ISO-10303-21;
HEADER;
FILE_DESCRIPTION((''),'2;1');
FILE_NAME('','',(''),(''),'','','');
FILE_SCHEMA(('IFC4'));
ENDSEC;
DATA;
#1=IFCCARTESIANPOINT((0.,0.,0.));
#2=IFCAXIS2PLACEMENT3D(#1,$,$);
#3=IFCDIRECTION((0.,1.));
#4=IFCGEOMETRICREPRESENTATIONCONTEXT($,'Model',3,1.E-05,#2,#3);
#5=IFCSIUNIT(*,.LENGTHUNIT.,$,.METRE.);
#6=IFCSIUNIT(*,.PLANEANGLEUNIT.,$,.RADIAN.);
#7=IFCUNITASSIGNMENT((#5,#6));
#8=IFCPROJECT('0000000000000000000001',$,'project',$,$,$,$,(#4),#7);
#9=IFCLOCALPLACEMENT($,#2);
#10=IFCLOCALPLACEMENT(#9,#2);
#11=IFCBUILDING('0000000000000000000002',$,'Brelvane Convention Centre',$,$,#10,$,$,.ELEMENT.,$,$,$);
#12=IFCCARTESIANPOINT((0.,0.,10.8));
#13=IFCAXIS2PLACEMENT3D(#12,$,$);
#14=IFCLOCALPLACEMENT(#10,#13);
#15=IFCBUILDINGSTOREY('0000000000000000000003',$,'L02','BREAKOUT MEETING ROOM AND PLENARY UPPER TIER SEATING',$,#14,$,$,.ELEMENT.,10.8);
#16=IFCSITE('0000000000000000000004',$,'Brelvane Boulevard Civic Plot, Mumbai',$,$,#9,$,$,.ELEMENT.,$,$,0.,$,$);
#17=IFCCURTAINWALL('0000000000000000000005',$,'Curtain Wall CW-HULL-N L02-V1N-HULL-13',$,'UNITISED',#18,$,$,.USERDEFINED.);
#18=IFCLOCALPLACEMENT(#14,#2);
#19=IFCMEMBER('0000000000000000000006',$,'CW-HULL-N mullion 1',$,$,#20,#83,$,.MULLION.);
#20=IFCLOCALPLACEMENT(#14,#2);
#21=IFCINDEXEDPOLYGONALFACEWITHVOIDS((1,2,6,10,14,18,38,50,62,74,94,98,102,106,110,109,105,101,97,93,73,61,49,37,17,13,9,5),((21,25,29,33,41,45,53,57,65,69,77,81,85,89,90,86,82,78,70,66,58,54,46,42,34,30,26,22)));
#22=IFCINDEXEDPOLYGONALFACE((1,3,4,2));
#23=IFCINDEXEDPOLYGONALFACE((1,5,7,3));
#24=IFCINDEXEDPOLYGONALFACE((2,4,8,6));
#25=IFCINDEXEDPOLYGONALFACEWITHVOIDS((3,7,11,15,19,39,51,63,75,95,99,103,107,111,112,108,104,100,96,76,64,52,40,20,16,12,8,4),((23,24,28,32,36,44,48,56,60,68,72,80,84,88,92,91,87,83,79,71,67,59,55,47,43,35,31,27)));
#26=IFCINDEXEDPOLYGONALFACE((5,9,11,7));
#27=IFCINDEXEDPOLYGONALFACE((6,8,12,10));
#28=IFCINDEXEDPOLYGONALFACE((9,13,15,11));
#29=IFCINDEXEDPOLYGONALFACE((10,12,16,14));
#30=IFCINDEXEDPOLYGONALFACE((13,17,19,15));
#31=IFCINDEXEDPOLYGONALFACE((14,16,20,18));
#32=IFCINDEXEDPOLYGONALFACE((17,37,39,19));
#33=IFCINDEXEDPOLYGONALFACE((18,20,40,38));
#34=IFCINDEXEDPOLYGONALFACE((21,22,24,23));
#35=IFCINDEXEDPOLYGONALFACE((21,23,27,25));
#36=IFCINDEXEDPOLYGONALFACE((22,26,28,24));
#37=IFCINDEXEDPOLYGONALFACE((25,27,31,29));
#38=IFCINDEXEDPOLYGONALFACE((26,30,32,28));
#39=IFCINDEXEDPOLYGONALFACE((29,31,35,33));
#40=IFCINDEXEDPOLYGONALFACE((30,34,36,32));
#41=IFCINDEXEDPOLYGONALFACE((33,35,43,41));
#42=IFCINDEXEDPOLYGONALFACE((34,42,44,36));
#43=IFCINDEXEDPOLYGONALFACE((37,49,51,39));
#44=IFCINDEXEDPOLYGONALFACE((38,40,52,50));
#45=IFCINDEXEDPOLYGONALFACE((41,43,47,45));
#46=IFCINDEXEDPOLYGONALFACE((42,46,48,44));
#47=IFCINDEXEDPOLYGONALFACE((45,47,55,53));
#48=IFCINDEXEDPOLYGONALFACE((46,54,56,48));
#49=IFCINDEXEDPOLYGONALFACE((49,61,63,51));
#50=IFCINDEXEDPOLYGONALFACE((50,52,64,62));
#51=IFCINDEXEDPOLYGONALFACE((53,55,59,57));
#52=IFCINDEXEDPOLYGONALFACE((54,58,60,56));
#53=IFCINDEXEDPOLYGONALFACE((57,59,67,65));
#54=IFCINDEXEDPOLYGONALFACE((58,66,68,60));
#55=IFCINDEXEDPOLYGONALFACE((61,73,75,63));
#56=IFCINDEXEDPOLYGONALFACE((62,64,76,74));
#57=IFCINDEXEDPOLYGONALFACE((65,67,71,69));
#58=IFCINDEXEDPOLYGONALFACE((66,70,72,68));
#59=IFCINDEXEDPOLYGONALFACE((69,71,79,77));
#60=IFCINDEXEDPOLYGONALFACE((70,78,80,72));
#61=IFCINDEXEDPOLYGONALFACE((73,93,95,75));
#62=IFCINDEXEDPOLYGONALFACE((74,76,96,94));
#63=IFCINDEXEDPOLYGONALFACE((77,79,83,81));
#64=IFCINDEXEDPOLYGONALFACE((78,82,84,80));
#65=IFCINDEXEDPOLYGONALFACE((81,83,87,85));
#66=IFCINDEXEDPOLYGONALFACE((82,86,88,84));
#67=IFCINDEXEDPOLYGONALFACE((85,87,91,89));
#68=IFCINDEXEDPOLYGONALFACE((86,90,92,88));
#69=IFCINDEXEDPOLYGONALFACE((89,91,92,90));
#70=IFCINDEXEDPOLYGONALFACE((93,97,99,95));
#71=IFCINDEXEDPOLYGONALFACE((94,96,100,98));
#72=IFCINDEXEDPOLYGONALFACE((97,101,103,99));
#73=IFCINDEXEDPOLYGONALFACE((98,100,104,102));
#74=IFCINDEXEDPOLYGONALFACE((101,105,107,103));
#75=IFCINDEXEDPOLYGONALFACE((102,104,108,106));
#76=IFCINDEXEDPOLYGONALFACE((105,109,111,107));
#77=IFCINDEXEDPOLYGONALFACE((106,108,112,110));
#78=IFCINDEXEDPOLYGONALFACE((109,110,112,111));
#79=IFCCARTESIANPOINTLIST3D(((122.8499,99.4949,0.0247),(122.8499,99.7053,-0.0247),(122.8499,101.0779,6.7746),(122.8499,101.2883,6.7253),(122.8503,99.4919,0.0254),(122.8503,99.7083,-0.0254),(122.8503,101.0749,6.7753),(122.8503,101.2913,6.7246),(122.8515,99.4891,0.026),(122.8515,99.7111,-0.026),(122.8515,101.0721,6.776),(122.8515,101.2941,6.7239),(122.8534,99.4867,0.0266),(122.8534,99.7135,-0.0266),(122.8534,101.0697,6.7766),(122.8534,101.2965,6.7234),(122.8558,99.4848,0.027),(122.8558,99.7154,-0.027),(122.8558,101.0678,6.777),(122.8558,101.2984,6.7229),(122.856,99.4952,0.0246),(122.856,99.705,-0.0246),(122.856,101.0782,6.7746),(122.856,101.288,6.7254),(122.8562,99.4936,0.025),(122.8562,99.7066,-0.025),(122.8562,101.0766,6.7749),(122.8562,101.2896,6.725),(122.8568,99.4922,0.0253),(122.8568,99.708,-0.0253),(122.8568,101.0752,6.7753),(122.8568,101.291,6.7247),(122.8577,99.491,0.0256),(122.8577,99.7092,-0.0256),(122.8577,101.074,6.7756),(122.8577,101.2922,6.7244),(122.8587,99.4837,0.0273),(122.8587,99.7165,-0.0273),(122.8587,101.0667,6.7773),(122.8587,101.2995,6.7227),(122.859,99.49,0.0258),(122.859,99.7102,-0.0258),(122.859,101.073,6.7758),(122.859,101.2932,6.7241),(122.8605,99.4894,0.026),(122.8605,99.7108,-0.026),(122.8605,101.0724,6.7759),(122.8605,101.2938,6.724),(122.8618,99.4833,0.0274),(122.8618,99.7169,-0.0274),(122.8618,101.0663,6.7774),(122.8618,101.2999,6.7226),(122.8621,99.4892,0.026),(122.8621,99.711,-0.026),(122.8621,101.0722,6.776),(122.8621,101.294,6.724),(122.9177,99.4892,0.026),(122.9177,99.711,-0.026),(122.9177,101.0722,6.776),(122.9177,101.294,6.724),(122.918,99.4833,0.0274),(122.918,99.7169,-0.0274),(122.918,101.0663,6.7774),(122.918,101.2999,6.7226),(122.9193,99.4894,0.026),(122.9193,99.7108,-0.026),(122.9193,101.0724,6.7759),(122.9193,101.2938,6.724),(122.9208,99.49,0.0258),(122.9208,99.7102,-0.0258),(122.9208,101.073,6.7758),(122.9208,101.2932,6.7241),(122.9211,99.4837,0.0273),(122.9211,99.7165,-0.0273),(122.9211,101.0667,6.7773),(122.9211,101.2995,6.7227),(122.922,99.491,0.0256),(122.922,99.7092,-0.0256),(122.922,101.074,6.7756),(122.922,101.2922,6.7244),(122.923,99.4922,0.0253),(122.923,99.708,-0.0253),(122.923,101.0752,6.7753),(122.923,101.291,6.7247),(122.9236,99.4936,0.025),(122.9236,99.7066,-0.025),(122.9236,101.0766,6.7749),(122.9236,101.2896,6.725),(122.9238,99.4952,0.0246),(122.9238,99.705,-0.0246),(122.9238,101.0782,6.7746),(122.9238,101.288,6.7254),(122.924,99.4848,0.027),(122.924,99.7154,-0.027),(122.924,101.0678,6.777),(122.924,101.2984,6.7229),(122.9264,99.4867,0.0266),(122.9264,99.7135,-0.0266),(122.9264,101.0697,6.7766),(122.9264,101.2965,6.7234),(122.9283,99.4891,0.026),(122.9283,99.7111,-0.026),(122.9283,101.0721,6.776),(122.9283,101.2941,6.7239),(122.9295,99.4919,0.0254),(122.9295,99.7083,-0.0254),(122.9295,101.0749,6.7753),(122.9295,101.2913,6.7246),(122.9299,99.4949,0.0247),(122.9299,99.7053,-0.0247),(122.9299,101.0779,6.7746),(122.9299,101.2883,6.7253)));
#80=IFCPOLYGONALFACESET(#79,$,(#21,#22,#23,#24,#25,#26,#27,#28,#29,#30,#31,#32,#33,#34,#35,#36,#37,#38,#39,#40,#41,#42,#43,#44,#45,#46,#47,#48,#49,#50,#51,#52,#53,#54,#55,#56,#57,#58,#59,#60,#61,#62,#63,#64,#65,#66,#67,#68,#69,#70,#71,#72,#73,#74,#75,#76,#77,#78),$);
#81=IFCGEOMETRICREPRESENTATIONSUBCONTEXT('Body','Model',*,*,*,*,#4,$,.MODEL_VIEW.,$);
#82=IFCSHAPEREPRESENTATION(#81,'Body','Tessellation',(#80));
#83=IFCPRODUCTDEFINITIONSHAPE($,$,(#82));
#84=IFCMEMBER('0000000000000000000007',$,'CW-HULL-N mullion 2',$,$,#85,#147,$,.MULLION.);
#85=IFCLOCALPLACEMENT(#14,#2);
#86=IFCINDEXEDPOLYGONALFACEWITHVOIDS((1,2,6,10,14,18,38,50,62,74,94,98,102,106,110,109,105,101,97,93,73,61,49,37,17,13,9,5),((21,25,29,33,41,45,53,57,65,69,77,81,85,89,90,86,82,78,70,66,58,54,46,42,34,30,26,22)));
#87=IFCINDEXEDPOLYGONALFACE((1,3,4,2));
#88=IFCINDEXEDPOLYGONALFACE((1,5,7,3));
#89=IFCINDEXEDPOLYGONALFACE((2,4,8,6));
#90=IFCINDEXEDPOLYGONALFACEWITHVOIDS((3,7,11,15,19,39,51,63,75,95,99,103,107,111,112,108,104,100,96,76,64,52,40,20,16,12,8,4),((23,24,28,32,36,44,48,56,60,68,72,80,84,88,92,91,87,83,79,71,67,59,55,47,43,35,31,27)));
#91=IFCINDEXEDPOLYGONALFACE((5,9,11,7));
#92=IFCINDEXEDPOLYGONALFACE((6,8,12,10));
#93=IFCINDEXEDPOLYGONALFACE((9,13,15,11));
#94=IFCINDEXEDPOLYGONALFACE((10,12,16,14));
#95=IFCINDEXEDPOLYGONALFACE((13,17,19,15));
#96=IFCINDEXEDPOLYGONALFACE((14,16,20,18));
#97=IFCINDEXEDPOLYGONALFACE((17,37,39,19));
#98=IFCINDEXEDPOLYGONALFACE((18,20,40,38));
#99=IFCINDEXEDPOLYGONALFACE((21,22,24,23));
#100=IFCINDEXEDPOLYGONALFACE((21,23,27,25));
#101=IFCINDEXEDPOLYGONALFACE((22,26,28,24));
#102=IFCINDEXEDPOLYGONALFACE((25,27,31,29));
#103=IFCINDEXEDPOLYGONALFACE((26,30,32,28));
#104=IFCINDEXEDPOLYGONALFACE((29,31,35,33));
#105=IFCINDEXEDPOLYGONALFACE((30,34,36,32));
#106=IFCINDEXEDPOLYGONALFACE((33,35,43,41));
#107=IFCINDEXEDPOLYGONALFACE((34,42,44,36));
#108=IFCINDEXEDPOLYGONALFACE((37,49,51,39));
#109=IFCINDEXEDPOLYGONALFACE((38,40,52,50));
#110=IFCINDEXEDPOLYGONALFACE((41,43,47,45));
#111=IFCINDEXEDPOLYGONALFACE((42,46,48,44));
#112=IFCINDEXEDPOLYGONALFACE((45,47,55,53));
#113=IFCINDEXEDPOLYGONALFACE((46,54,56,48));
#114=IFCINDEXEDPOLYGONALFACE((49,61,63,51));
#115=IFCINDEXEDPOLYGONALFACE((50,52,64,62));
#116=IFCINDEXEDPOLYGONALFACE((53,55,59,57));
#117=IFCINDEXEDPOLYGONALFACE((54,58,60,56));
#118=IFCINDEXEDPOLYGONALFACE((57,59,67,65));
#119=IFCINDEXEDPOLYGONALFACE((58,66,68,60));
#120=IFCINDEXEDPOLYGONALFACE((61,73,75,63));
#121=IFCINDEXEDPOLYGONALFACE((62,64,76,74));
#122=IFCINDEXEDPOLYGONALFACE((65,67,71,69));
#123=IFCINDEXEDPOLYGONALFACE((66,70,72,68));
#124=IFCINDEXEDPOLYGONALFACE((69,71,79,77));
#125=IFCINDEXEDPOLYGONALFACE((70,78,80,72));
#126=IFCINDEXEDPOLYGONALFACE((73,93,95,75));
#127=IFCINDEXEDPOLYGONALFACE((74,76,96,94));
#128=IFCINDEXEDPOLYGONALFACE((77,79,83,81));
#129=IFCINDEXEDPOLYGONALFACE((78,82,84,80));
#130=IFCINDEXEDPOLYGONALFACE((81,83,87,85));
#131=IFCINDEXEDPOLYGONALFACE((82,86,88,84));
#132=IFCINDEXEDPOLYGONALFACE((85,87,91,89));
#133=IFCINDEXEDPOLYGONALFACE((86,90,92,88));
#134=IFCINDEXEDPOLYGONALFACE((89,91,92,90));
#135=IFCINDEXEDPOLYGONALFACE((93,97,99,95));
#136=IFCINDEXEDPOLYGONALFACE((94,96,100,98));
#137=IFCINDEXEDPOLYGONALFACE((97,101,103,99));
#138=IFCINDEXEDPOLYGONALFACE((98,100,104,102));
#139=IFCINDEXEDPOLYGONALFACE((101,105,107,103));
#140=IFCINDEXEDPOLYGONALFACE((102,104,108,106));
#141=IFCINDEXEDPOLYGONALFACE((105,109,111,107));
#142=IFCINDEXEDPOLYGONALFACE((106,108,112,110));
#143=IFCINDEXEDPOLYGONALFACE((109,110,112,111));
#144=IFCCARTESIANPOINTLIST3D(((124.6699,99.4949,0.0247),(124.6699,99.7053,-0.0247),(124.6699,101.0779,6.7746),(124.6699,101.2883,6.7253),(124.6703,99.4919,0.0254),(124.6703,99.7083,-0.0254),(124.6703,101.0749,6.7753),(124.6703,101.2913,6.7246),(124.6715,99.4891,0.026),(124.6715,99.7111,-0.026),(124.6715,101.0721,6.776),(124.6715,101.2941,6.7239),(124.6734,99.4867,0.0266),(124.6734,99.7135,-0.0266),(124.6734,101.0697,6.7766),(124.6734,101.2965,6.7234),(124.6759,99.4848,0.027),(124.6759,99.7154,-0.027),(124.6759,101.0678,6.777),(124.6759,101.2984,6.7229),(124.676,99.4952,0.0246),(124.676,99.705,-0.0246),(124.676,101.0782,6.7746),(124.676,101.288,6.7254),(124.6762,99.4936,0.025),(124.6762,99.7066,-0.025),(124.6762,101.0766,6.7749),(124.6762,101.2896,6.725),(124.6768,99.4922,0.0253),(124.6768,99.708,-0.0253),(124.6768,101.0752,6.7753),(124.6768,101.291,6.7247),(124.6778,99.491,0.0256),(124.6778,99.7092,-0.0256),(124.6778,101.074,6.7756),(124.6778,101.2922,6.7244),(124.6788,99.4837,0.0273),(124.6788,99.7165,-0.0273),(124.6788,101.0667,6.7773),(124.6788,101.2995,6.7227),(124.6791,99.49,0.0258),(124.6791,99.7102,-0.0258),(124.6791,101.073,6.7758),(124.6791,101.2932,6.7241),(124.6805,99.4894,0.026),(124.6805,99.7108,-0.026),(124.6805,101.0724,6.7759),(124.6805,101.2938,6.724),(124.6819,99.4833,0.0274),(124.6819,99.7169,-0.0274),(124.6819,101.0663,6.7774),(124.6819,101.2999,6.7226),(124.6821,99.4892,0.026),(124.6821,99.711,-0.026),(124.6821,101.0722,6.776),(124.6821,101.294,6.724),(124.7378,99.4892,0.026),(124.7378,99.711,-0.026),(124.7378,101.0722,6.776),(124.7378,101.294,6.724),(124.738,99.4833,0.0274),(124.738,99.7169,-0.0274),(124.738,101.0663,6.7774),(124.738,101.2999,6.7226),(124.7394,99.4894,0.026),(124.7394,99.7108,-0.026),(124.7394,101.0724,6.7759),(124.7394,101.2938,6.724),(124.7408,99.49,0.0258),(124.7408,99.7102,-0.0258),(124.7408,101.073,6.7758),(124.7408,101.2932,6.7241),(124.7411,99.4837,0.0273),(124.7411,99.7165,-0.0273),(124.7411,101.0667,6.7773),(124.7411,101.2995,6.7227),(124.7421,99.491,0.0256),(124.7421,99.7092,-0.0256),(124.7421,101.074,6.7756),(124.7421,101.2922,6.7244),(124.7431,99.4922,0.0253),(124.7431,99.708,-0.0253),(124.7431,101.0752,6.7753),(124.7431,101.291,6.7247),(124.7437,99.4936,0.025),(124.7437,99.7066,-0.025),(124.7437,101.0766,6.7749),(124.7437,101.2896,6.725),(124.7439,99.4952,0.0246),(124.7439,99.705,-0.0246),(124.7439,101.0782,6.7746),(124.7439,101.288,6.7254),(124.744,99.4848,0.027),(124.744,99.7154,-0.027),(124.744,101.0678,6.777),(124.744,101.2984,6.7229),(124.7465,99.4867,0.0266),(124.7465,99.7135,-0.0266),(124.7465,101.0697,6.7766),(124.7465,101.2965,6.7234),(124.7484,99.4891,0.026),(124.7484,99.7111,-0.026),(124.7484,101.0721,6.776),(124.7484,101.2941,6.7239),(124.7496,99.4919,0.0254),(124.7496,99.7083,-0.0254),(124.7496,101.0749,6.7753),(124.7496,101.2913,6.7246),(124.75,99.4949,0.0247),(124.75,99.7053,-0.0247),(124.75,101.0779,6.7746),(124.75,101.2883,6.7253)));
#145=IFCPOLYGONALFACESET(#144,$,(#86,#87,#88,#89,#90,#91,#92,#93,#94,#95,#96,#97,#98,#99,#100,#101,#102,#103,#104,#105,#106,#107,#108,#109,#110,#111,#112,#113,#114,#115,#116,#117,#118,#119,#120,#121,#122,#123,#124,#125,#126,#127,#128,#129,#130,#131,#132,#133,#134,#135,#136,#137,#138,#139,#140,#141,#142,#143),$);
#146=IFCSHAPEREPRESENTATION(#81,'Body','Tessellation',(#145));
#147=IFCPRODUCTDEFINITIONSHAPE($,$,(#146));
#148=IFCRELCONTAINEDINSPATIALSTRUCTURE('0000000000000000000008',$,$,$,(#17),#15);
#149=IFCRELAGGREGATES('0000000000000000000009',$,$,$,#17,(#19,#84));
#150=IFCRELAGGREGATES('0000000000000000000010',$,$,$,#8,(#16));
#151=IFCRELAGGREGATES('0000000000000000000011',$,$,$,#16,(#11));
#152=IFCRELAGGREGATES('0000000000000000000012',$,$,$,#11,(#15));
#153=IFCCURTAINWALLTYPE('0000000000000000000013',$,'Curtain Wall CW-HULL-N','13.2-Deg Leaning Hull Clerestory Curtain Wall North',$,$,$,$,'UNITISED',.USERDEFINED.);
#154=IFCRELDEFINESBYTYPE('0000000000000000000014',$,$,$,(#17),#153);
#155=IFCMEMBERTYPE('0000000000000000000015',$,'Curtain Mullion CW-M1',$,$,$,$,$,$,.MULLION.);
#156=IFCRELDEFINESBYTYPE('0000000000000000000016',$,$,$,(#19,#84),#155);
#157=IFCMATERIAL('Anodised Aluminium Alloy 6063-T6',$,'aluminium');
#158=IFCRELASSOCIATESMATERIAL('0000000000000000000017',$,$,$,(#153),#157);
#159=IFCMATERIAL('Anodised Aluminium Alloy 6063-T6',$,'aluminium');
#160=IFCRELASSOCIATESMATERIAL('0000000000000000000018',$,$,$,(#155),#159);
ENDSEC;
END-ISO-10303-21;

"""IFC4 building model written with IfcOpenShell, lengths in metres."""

from ifc_helpers import new_model, si_unit, direction, frame, origin, origin_2d, place, context, subcontext, project, spatial, hollow_rectangle, extrude, material, material_profile, profile_set, type_object, element, aggregate, save


model = new_model("IFC4")

# Units and contexts
model_context = context("Model", 3, precision=1e-05, world=origin(), true_north=direction((0.0, 1.0)))
body_context = subcontext(model_context, "Body", "Model", "MODEL_VIEW")
ifc_project = project(units=[si_unit("LENGTHUNIT", "METRE"), si_unit("PLANEANGLEUNIT", "RADIAN")], contexts=[model_context])

# Site, building, storey
site_placement = place(None, origin())
site = spatial("IfcSite", under=ifc_project, at=site_placement, Name="Brelvane Boulevard Civic Plot, Mumbai", CompositionType="ELEMENT", RefElevation=0.0)
building_placement = place(site_placement, origin())
building = spatial("IfcBuilding", under=site, at=building_placement, Name="Brelvane Convention Centre", CompositionType="ELEMENT")
storey_placement = place(building_placement, frame((0.0, 0.0, 10.8)))
storey = spatial("IfcBuildingStorey", under=building, at=storey_placement, Name="L02", Description="BREAKOUT MEETING ROOM AND PLENARY UPPER TIER SEATING", CompositionType="ELEMENT", Elevation=10.8)

# Curtain wall, members
ifc_material_1 = material(Name="Anodised Aluminium Alloy 6063-T6", Category="aluminium")
curtain_wall_type = type_object("IfcCurtainWallType", Name="Curtain Wall CW-HULL-N", Description="13.2-Deg Leaning Hull Clerestory Curtain Wall North", ElementType="UNITISED", PredefinedType="USERDEFINED", material=ifc_material_1)
ifc_material_2 = material(Name="Anodised Aluminium Alloy 6063-T6", Category="aluminium")
ifc_material_profile_1 = material_profile(ifc_material_2, hollow_rectangle(XDim=0.0801, YDim=0.24, WallThickness=0.0061, InnerFilletRadius=0.0061, OuterFilletRadius=0.012, at=origin_2d()), Name="ALU-M 240x80x6.0")
ifc_profile_set_1 = profile_set([ifc_material_profile_1], Name="Anodised Aluminium Alloy 6063-T6")
member_type_1 = type_object("IfcMemberType", Name="Curtain Mullion CW-M1", PredefinedType="MULLION", material=ifc_profile_set_1)
curtain_wall_1_placement = place(storey_placement, origin())
curtain_wall_1 = element("IfcCurtainWall", 1, at=curtain_wall_1_placement, inside=storey, type_object=curtain_wall_type, Name="Curtain Wall CW-HULL-N L02-V1N-HULL-13", ObjectType="UNITISED", PredefinedType="USERDEFINED")
member_1_placement = place(storey_placement, frame((122.8899, 99.6001, 0.0), z_axis=(0.0, 0.228325, 0.973585), x_axis=(-1.0, 0.0, 0.0)))
member_1 = element("IfcMember", 2, at=member_1_placement, type_object=member_type_1, Name="CW-HULL-N mullion 1", PredefinedType="MULLION", context=body_context, shape_type="SweptSolid", body=[
    extrude(hollow_rectangle(XDim=0.0801, YDim=0.24, WallThickness=0.0061, InnerFilletRadius=0.0061, OuterFilletRadius=0.012, at=origin_2d()), origin(), (0.0, 0.0, 1.0), 6.9331),
])
member_2_placement = place(storey_placement, frame((124.71, 99.6001, 0.0), z_axis=(0.0, 0.228325, 0.973585), x_axis=(-1.0, 0.0, 0.0)))
member_2 = element("IfcMember", 3, at=member_2_placement, type_object=member_type_1, Name="CW-HULL-N mullion 2", PredefinedType="MULLION", context=body_context, shape_type="SweptSolid", body=[
    extrude(hollow_rectangle(XDim=0.0801, YDim=0.24, WallThickness=0.0061, InnerFilletRadius=0.0061, OuterFilletRadius=0.012, at=origin_2d()), origin(), (0.0, 0.0, 1.0), 6.9331),
])

aggregate(curtain_wall_1, [member_1, member_2])

save(model, "model.ifc")
